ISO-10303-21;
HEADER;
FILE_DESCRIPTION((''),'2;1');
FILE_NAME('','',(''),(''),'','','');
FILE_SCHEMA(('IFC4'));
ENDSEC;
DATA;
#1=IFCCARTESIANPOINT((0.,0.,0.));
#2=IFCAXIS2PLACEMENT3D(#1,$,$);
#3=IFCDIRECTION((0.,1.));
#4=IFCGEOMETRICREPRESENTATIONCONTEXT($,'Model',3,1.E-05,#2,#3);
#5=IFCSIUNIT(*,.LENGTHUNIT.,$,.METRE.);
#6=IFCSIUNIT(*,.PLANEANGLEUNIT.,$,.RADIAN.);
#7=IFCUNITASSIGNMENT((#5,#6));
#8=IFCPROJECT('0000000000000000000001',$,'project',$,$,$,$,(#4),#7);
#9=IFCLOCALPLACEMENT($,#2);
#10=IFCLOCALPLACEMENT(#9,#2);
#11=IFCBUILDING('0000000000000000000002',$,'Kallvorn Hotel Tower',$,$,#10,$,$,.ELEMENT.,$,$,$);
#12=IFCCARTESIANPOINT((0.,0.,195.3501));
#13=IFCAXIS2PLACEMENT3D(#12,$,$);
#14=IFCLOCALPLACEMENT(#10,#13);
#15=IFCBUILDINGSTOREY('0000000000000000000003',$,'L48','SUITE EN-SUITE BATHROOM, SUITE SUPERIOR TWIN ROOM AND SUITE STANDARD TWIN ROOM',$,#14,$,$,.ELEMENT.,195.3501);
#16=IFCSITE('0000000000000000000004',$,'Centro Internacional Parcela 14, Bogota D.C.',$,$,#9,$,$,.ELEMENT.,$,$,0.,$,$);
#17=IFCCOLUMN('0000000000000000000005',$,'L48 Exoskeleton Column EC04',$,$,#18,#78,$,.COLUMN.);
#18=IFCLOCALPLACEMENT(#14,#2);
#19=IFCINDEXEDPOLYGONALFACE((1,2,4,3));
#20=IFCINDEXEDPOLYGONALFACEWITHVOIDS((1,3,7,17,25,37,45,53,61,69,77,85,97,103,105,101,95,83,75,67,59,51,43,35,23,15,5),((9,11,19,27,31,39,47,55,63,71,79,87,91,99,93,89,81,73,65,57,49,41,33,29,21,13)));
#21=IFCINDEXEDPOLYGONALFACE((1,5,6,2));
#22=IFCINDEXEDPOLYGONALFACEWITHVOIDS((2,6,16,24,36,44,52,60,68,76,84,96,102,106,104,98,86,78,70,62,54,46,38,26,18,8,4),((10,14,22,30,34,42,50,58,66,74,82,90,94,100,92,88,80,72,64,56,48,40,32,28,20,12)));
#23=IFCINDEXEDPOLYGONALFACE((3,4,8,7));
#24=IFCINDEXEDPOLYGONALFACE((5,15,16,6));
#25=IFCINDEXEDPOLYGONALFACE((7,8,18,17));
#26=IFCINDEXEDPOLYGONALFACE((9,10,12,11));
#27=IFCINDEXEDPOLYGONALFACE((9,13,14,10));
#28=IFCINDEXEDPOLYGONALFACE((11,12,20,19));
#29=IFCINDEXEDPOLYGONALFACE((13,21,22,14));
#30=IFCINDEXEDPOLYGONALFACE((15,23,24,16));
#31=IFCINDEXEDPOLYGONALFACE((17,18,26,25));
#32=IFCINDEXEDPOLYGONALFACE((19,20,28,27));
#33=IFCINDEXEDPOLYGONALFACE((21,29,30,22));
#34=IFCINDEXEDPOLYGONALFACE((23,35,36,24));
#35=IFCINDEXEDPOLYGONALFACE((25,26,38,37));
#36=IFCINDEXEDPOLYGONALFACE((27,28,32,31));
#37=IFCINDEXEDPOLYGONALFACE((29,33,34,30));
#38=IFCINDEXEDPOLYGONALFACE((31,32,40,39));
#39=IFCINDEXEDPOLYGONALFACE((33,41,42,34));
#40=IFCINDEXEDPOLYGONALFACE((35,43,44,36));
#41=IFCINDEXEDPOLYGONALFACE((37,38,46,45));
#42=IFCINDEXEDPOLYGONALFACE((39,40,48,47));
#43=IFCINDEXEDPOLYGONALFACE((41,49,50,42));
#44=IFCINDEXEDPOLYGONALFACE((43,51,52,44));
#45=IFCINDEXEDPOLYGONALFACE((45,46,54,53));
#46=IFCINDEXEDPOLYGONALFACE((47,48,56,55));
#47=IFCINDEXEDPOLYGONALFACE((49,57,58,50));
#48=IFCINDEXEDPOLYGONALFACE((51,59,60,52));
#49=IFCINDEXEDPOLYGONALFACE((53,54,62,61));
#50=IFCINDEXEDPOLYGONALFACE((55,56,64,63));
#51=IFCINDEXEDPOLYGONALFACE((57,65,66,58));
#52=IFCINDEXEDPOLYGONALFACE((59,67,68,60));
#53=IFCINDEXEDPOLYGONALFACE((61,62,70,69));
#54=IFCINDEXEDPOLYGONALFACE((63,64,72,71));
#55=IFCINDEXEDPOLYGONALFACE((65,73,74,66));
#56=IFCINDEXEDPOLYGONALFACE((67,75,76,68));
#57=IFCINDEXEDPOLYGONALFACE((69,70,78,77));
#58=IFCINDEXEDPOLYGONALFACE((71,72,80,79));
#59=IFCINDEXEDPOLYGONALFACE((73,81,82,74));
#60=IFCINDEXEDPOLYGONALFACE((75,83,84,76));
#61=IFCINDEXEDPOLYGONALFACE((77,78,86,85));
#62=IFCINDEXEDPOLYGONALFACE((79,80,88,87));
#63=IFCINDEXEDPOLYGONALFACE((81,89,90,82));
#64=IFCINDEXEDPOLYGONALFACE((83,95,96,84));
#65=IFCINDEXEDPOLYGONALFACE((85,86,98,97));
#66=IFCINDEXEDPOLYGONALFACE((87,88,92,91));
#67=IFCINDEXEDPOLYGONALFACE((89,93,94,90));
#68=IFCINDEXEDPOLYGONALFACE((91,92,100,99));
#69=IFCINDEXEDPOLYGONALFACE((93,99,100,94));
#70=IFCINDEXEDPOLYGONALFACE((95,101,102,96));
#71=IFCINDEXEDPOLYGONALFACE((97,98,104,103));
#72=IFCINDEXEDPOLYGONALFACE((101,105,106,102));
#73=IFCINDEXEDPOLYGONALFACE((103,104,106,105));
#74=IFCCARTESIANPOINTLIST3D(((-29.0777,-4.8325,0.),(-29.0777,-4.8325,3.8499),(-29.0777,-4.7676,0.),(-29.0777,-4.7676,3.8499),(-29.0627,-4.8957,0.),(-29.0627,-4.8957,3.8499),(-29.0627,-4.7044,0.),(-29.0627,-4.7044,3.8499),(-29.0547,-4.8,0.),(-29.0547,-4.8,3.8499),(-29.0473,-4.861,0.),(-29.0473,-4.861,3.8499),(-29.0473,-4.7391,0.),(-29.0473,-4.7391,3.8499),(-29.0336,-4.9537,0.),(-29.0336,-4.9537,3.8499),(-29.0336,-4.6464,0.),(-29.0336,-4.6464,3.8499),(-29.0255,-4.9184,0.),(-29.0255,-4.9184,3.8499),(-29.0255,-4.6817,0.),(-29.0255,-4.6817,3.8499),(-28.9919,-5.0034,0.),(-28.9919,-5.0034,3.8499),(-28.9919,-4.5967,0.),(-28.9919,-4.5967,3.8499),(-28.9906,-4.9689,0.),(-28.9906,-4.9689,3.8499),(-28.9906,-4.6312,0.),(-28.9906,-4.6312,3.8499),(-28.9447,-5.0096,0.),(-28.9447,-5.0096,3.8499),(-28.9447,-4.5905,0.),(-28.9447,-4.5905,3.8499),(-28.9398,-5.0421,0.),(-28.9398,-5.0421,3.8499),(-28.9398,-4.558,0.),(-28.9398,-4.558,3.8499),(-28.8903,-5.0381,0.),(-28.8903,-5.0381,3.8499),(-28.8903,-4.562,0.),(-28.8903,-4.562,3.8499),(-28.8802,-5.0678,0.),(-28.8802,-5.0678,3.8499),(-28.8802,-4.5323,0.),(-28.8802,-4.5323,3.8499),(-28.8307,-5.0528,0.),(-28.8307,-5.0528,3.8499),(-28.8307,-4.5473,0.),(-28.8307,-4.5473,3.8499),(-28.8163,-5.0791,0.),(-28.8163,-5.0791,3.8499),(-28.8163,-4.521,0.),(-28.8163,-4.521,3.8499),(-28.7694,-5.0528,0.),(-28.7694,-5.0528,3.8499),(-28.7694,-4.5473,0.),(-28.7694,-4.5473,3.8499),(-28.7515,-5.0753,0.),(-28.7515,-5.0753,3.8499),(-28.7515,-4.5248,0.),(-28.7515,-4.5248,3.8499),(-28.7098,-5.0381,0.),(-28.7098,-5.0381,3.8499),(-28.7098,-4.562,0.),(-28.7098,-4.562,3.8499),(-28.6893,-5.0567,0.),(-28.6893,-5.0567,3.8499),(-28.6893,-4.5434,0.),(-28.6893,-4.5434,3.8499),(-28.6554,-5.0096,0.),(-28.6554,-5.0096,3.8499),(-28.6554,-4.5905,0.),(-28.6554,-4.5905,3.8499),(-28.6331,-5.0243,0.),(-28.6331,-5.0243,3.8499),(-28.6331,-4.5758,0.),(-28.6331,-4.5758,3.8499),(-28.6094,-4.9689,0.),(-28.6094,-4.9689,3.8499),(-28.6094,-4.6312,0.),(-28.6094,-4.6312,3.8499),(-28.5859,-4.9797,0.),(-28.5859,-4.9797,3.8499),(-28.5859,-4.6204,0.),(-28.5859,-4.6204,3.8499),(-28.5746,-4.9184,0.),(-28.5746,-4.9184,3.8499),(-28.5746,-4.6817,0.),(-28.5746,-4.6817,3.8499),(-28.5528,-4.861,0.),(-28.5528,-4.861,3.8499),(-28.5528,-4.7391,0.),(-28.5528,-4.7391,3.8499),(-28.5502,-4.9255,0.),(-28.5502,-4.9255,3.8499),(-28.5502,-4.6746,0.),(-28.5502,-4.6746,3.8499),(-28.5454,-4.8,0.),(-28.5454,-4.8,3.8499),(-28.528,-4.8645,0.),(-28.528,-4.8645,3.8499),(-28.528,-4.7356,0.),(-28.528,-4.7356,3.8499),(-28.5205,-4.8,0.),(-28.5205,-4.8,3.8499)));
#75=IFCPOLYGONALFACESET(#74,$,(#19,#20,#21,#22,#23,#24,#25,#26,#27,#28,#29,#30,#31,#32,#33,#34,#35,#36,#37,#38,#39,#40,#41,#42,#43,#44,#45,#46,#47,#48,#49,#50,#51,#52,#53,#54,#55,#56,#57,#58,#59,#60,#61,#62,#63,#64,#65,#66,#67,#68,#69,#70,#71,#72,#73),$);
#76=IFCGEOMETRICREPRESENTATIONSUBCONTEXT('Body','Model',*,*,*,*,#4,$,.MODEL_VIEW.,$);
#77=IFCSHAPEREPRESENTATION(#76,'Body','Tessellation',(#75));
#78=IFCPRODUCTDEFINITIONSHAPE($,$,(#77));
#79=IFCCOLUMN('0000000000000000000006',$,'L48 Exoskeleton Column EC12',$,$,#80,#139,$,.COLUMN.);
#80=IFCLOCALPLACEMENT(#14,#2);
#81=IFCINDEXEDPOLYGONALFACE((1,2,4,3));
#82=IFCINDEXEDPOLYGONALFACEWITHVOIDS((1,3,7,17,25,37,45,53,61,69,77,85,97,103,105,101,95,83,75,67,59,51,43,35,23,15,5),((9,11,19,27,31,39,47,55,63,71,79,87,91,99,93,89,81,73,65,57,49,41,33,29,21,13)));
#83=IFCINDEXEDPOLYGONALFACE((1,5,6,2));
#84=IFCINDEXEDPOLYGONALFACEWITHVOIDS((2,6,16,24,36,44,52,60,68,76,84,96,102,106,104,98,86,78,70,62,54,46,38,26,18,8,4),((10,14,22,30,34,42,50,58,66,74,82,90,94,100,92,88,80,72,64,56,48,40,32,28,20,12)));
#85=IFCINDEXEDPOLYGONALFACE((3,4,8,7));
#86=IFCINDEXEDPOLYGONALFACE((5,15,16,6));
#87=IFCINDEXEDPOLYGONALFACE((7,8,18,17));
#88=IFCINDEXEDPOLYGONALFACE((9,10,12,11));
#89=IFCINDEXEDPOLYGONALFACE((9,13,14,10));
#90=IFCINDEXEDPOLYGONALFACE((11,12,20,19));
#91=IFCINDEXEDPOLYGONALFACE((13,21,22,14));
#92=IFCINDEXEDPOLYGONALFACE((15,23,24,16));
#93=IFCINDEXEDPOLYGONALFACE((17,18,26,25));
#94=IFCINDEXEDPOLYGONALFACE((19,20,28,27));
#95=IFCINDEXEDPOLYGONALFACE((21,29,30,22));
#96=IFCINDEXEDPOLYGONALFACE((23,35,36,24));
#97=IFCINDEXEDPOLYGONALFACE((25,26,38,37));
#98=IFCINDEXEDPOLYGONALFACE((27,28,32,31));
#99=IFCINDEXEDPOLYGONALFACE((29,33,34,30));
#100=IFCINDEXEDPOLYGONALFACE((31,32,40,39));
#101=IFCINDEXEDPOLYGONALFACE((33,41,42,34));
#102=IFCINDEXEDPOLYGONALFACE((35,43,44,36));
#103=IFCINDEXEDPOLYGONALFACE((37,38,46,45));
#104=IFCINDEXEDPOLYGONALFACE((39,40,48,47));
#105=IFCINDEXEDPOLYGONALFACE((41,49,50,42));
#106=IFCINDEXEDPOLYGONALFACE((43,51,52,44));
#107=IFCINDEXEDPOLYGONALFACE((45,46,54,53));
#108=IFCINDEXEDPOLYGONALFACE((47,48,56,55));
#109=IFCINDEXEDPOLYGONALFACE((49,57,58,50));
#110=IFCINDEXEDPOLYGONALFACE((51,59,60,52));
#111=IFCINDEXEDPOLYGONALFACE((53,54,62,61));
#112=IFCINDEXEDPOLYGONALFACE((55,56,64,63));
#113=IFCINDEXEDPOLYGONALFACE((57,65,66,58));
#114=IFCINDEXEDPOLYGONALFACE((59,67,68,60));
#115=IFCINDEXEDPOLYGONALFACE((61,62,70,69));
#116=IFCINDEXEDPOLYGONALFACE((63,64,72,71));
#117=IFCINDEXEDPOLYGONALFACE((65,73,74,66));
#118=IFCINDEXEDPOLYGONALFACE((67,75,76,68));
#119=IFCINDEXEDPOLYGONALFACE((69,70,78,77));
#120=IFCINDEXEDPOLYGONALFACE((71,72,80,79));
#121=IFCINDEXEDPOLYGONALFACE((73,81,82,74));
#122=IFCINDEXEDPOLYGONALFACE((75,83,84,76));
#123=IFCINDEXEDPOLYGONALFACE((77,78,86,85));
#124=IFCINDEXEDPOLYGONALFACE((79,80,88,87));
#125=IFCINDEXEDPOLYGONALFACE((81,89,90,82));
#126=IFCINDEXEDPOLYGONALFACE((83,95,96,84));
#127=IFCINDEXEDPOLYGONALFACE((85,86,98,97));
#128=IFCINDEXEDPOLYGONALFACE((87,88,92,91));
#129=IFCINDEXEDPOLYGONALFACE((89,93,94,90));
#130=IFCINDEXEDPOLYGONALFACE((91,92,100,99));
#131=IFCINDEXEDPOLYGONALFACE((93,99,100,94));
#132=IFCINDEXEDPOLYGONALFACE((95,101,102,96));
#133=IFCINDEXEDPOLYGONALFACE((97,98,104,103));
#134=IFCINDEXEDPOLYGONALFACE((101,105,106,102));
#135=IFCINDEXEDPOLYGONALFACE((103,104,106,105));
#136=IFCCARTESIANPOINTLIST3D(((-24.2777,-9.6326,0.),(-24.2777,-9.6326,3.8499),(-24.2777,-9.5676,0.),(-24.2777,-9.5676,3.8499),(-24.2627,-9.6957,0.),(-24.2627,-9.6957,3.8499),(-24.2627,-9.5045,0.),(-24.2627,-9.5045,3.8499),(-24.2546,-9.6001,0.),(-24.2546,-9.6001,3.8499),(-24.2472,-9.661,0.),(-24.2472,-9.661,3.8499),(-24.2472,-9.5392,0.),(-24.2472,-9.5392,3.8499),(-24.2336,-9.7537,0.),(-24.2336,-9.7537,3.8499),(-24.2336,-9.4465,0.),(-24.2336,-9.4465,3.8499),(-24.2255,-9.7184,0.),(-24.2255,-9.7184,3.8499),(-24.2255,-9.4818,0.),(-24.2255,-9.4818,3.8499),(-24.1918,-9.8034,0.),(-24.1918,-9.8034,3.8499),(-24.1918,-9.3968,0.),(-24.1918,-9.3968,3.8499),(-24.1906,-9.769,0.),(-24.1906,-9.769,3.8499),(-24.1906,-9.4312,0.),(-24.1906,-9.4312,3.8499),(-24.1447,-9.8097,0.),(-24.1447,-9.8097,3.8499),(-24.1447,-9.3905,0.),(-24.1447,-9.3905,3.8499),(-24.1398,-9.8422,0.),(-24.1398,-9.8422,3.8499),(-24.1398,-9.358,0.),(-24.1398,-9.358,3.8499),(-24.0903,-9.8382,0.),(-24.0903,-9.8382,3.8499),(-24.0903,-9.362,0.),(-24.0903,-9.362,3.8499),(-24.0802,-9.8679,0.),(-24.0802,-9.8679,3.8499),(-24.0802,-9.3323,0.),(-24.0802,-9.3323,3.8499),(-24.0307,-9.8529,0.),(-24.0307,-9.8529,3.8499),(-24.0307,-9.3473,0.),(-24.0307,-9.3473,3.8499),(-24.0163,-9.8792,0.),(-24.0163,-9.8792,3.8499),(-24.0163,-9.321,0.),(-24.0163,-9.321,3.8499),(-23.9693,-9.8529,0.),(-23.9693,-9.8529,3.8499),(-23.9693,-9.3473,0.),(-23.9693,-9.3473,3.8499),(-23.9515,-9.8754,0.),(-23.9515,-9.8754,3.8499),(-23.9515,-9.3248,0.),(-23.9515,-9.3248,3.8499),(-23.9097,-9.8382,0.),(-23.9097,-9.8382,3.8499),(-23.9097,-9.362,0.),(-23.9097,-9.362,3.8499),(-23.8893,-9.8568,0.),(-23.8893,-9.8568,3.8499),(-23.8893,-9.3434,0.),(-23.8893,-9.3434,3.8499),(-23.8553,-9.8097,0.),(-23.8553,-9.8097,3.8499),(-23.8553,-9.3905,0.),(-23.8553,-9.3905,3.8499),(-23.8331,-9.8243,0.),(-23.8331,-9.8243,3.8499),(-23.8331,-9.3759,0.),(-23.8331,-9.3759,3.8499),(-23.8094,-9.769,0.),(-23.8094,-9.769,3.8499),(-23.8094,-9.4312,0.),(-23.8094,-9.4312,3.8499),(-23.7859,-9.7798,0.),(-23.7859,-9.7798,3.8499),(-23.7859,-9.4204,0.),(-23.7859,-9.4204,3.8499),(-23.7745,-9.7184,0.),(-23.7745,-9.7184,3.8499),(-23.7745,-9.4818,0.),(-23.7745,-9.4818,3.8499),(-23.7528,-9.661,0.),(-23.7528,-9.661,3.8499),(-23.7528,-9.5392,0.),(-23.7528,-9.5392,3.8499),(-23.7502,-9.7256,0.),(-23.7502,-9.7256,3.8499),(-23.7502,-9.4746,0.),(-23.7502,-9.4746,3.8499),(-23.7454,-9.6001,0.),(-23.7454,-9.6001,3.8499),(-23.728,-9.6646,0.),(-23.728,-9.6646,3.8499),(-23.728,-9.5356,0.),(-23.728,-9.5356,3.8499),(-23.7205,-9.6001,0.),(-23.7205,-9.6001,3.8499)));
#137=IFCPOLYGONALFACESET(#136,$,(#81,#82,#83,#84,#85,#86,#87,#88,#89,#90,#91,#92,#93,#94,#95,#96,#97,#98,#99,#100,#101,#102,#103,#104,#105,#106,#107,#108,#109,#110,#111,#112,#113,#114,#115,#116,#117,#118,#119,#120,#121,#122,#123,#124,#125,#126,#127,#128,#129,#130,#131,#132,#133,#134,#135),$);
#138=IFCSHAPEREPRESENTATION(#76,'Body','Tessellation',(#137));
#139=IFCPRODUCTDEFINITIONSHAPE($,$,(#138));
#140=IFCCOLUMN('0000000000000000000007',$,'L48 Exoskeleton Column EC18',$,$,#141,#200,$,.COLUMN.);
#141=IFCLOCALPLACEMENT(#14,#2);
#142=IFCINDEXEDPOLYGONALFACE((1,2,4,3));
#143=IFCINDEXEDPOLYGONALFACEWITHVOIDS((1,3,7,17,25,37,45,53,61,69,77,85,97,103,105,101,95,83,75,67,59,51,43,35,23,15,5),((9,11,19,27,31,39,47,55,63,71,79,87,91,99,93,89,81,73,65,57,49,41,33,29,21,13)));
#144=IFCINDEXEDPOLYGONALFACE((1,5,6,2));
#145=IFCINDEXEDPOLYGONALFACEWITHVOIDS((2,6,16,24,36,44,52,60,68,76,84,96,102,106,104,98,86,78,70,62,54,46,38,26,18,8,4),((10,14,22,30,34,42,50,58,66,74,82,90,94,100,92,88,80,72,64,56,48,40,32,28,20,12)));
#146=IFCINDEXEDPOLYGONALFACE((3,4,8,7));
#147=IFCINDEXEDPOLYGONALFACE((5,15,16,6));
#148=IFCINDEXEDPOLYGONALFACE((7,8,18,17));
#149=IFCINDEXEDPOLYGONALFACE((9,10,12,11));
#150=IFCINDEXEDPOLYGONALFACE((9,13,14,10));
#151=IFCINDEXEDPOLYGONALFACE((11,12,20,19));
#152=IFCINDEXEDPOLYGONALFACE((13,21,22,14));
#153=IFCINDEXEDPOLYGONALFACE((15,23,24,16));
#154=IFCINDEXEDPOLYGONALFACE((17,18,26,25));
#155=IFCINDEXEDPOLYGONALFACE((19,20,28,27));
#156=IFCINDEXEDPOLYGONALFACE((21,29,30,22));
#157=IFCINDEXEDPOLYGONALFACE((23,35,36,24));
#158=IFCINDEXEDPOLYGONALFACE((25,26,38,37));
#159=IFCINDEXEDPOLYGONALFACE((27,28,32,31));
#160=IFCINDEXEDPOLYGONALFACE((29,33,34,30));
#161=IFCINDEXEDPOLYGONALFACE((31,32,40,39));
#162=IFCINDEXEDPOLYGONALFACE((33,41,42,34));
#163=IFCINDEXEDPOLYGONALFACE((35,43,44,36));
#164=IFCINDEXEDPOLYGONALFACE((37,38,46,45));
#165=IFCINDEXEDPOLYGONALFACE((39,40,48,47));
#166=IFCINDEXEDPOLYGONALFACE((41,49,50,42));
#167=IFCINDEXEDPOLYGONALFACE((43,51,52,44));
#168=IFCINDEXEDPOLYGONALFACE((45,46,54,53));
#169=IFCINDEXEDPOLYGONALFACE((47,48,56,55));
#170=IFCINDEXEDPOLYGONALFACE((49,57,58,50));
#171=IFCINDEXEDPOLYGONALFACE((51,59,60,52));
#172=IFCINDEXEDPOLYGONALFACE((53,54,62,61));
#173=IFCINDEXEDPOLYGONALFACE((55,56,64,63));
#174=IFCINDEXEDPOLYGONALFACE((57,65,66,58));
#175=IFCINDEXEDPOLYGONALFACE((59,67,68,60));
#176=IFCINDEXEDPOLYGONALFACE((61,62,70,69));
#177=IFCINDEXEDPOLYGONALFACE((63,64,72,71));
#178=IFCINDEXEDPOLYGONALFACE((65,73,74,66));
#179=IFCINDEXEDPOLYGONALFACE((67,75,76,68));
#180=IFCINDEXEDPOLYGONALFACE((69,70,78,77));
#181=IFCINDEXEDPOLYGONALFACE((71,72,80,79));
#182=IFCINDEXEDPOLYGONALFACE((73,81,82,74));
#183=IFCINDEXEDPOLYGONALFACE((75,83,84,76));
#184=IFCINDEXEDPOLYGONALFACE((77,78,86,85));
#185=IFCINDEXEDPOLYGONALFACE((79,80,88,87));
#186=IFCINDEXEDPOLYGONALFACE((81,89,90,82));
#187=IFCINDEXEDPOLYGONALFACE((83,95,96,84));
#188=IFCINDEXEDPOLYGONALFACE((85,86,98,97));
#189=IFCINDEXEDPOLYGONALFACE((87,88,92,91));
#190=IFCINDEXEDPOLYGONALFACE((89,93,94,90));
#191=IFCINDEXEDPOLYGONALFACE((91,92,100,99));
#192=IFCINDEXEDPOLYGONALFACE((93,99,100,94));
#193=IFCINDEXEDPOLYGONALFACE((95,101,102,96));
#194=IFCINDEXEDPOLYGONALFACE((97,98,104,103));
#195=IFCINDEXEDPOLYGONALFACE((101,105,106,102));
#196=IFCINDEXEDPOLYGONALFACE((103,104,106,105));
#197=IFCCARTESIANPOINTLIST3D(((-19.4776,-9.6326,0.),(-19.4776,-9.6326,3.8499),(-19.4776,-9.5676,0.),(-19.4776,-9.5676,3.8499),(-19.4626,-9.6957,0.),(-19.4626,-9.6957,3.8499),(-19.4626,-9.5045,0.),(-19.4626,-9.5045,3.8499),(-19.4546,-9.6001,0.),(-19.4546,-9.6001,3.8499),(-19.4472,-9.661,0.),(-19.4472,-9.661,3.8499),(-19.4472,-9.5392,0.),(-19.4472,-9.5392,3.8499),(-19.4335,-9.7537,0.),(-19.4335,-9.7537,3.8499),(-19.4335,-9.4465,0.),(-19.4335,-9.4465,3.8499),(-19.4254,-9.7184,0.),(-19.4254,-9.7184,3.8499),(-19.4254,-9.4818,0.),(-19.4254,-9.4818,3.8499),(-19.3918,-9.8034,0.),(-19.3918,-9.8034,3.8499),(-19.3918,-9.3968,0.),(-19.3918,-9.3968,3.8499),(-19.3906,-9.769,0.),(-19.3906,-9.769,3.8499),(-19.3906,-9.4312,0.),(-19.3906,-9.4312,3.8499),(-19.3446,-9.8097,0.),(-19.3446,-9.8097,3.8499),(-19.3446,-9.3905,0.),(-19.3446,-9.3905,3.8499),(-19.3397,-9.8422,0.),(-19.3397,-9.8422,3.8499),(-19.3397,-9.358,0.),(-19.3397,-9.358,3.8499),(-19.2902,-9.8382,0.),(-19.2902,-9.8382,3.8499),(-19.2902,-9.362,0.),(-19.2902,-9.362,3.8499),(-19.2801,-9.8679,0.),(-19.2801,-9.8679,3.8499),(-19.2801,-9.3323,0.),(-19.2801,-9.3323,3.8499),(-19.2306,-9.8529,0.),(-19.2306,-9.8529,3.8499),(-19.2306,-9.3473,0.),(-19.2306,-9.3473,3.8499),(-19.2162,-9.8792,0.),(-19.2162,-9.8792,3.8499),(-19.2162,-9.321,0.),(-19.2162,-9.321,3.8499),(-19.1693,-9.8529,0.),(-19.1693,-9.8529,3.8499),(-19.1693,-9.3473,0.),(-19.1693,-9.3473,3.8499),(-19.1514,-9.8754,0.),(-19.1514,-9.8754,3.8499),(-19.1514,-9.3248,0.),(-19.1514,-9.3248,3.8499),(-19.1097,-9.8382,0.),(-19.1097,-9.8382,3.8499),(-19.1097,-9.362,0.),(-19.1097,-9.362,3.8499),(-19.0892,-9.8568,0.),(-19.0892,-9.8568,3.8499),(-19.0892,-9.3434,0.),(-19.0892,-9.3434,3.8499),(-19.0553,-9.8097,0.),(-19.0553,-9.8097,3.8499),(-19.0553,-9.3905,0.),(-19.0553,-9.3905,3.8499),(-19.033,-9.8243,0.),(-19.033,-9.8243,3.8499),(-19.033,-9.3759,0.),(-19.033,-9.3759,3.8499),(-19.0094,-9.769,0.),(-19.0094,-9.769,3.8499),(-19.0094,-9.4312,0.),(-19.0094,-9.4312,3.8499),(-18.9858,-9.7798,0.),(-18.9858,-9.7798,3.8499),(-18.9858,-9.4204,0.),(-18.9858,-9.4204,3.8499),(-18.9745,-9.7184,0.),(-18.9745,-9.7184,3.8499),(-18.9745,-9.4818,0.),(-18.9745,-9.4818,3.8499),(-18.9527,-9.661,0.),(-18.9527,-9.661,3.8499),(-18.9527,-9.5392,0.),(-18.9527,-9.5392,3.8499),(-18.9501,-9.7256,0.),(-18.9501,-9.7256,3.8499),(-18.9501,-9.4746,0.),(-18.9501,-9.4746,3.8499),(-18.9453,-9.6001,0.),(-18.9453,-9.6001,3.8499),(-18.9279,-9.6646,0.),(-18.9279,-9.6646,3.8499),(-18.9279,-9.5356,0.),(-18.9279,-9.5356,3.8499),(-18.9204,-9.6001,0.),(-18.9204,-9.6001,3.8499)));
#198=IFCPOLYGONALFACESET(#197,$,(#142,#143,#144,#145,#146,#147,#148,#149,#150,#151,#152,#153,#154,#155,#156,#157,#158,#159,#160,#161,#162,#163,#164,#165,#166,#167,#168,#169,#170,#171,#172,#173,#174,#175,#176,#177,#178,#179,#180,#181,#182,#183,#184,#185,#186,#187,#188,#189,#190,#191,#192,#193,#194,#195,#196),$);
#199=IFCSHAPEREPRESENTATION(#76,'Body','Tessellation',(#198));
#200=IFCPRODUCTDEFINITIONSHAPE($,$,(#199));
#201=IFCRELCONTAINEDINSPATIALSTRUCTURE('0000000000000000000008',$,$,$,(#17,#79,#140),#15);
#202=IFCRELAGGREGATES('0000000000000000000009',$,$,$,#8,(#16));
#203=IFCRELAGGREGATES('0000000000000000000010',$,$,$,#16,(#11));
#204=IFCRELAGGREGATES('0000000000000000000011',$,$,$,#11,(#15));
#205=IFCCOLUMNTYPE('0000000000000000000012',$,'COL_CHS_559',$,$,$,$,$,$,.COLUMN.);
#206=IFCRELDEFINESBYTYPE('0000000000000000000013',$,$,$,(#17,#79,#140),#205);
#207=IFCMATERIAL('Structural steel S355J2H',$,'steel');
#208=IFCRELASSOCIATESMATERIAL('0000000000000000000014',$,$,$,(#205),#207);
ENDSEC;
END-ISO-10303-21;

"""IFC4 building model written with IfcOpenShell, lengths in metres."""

from ifc_helpers import new_model, si_unit, direction, frame, origin, origin_2d, place, context, subcontext, project, spatial, hollow_circle, extrude, material, material_profile, profile_set, type_object, element, save


model = new_model("IFC4")

# Units and contexts
model_context = context("Model", 3, precision=1e-05, world=origin(), true_north=direction((0.0, 1.0)))
body_context = subcontext(model_context, "Body", "Model", "MODEL_VIEW")
ifc_project = project(units=[si_unit("LENGTHUNIT", "METRE"), si_unit("PLANEANGLEUNIT", "RADIAN")], contexts=[model_context])

# Site, building, storey
site_placement = place(None, origin())
site = spatial("IfcSite", under=ifc_project, at=site_placement, Name="Centro Internacional Parcela 14, Bogota D.C.", CompositionType="ELEMENT", RefElevation=0.0)
building_placement = place(site_placement, origin())
building = spatial("IfcBuilding", under=site, at=building_placement, Name="Kallvorn Hotel Tower", CompositionType="ELEMENT")
storey_placement = place(building_placement, frame((0.0, 0.0, 195.3501)))
storey = spatial("IfcBuildingStorey", under=building, at=storey_placement, Name="L48", Description="SUITE EN-SUITE BATHROOM, SUITE SUPERIOR TWIN ROOM AND SUITE STANDARD TWIN ROOM", CompositionType="ELEMENT", Elevation=195.3501)

# Columns
ifc_material_1 = material(Name="Structural steel S355J2H", Category="steel")
ifc_material_profile_1 = material_profile(ifc_material_1, hollow_circle(Radius=0.2795, WallThickness=0.0249, at=origin_2d()), Name="CHS 559x25")
ifc_profile_set_1 = profile_set([ifc_material_profile_1], Name="Structural steel S355J2H")
column_type_1 = type_object("IfcColumnType", Name="COL_CHS_559", PredefinedType="COLUMN", material=ifc_profile_set_1)
for number, where, z_axis, x_axis, name in (
    (1, (-28.8, -4.8, 0.0), (0.0, 0.0, 1.0), (1.0, 0.0, 0.0), "L48 Exoskeleton Column EC04"),
    (2, (-24.0, -9.6001, 0.0), (0.0, 0.0, 1.0), (1.0, 0.0, 0.0), "L48 Exoskeleton Column EC12"),
    (3, (-19.2, -9.6001, 0.0), (0.0, 0.0, 1.0), (1.0, 0.0, 0.0), "L48 Exoskeleton Column EC18"),
):
    element("IfcColumn", number, at=place(storey_placement, frame(where, z_axis=z_axis, x_axis=x_axis)), inside=storey, type_object=column_type_1, Name=name, PredefinedType="COLUMN", context=body_context, shape_type="SweptSolid", body=[
        extrude(hollow_circle(Radius=0.2795, WallThickness=0.0249, at=origin_2d()), origin(), (0.0, 0.0, 1.0), 3.8499),
    ])

save(model, "model.ifc")
